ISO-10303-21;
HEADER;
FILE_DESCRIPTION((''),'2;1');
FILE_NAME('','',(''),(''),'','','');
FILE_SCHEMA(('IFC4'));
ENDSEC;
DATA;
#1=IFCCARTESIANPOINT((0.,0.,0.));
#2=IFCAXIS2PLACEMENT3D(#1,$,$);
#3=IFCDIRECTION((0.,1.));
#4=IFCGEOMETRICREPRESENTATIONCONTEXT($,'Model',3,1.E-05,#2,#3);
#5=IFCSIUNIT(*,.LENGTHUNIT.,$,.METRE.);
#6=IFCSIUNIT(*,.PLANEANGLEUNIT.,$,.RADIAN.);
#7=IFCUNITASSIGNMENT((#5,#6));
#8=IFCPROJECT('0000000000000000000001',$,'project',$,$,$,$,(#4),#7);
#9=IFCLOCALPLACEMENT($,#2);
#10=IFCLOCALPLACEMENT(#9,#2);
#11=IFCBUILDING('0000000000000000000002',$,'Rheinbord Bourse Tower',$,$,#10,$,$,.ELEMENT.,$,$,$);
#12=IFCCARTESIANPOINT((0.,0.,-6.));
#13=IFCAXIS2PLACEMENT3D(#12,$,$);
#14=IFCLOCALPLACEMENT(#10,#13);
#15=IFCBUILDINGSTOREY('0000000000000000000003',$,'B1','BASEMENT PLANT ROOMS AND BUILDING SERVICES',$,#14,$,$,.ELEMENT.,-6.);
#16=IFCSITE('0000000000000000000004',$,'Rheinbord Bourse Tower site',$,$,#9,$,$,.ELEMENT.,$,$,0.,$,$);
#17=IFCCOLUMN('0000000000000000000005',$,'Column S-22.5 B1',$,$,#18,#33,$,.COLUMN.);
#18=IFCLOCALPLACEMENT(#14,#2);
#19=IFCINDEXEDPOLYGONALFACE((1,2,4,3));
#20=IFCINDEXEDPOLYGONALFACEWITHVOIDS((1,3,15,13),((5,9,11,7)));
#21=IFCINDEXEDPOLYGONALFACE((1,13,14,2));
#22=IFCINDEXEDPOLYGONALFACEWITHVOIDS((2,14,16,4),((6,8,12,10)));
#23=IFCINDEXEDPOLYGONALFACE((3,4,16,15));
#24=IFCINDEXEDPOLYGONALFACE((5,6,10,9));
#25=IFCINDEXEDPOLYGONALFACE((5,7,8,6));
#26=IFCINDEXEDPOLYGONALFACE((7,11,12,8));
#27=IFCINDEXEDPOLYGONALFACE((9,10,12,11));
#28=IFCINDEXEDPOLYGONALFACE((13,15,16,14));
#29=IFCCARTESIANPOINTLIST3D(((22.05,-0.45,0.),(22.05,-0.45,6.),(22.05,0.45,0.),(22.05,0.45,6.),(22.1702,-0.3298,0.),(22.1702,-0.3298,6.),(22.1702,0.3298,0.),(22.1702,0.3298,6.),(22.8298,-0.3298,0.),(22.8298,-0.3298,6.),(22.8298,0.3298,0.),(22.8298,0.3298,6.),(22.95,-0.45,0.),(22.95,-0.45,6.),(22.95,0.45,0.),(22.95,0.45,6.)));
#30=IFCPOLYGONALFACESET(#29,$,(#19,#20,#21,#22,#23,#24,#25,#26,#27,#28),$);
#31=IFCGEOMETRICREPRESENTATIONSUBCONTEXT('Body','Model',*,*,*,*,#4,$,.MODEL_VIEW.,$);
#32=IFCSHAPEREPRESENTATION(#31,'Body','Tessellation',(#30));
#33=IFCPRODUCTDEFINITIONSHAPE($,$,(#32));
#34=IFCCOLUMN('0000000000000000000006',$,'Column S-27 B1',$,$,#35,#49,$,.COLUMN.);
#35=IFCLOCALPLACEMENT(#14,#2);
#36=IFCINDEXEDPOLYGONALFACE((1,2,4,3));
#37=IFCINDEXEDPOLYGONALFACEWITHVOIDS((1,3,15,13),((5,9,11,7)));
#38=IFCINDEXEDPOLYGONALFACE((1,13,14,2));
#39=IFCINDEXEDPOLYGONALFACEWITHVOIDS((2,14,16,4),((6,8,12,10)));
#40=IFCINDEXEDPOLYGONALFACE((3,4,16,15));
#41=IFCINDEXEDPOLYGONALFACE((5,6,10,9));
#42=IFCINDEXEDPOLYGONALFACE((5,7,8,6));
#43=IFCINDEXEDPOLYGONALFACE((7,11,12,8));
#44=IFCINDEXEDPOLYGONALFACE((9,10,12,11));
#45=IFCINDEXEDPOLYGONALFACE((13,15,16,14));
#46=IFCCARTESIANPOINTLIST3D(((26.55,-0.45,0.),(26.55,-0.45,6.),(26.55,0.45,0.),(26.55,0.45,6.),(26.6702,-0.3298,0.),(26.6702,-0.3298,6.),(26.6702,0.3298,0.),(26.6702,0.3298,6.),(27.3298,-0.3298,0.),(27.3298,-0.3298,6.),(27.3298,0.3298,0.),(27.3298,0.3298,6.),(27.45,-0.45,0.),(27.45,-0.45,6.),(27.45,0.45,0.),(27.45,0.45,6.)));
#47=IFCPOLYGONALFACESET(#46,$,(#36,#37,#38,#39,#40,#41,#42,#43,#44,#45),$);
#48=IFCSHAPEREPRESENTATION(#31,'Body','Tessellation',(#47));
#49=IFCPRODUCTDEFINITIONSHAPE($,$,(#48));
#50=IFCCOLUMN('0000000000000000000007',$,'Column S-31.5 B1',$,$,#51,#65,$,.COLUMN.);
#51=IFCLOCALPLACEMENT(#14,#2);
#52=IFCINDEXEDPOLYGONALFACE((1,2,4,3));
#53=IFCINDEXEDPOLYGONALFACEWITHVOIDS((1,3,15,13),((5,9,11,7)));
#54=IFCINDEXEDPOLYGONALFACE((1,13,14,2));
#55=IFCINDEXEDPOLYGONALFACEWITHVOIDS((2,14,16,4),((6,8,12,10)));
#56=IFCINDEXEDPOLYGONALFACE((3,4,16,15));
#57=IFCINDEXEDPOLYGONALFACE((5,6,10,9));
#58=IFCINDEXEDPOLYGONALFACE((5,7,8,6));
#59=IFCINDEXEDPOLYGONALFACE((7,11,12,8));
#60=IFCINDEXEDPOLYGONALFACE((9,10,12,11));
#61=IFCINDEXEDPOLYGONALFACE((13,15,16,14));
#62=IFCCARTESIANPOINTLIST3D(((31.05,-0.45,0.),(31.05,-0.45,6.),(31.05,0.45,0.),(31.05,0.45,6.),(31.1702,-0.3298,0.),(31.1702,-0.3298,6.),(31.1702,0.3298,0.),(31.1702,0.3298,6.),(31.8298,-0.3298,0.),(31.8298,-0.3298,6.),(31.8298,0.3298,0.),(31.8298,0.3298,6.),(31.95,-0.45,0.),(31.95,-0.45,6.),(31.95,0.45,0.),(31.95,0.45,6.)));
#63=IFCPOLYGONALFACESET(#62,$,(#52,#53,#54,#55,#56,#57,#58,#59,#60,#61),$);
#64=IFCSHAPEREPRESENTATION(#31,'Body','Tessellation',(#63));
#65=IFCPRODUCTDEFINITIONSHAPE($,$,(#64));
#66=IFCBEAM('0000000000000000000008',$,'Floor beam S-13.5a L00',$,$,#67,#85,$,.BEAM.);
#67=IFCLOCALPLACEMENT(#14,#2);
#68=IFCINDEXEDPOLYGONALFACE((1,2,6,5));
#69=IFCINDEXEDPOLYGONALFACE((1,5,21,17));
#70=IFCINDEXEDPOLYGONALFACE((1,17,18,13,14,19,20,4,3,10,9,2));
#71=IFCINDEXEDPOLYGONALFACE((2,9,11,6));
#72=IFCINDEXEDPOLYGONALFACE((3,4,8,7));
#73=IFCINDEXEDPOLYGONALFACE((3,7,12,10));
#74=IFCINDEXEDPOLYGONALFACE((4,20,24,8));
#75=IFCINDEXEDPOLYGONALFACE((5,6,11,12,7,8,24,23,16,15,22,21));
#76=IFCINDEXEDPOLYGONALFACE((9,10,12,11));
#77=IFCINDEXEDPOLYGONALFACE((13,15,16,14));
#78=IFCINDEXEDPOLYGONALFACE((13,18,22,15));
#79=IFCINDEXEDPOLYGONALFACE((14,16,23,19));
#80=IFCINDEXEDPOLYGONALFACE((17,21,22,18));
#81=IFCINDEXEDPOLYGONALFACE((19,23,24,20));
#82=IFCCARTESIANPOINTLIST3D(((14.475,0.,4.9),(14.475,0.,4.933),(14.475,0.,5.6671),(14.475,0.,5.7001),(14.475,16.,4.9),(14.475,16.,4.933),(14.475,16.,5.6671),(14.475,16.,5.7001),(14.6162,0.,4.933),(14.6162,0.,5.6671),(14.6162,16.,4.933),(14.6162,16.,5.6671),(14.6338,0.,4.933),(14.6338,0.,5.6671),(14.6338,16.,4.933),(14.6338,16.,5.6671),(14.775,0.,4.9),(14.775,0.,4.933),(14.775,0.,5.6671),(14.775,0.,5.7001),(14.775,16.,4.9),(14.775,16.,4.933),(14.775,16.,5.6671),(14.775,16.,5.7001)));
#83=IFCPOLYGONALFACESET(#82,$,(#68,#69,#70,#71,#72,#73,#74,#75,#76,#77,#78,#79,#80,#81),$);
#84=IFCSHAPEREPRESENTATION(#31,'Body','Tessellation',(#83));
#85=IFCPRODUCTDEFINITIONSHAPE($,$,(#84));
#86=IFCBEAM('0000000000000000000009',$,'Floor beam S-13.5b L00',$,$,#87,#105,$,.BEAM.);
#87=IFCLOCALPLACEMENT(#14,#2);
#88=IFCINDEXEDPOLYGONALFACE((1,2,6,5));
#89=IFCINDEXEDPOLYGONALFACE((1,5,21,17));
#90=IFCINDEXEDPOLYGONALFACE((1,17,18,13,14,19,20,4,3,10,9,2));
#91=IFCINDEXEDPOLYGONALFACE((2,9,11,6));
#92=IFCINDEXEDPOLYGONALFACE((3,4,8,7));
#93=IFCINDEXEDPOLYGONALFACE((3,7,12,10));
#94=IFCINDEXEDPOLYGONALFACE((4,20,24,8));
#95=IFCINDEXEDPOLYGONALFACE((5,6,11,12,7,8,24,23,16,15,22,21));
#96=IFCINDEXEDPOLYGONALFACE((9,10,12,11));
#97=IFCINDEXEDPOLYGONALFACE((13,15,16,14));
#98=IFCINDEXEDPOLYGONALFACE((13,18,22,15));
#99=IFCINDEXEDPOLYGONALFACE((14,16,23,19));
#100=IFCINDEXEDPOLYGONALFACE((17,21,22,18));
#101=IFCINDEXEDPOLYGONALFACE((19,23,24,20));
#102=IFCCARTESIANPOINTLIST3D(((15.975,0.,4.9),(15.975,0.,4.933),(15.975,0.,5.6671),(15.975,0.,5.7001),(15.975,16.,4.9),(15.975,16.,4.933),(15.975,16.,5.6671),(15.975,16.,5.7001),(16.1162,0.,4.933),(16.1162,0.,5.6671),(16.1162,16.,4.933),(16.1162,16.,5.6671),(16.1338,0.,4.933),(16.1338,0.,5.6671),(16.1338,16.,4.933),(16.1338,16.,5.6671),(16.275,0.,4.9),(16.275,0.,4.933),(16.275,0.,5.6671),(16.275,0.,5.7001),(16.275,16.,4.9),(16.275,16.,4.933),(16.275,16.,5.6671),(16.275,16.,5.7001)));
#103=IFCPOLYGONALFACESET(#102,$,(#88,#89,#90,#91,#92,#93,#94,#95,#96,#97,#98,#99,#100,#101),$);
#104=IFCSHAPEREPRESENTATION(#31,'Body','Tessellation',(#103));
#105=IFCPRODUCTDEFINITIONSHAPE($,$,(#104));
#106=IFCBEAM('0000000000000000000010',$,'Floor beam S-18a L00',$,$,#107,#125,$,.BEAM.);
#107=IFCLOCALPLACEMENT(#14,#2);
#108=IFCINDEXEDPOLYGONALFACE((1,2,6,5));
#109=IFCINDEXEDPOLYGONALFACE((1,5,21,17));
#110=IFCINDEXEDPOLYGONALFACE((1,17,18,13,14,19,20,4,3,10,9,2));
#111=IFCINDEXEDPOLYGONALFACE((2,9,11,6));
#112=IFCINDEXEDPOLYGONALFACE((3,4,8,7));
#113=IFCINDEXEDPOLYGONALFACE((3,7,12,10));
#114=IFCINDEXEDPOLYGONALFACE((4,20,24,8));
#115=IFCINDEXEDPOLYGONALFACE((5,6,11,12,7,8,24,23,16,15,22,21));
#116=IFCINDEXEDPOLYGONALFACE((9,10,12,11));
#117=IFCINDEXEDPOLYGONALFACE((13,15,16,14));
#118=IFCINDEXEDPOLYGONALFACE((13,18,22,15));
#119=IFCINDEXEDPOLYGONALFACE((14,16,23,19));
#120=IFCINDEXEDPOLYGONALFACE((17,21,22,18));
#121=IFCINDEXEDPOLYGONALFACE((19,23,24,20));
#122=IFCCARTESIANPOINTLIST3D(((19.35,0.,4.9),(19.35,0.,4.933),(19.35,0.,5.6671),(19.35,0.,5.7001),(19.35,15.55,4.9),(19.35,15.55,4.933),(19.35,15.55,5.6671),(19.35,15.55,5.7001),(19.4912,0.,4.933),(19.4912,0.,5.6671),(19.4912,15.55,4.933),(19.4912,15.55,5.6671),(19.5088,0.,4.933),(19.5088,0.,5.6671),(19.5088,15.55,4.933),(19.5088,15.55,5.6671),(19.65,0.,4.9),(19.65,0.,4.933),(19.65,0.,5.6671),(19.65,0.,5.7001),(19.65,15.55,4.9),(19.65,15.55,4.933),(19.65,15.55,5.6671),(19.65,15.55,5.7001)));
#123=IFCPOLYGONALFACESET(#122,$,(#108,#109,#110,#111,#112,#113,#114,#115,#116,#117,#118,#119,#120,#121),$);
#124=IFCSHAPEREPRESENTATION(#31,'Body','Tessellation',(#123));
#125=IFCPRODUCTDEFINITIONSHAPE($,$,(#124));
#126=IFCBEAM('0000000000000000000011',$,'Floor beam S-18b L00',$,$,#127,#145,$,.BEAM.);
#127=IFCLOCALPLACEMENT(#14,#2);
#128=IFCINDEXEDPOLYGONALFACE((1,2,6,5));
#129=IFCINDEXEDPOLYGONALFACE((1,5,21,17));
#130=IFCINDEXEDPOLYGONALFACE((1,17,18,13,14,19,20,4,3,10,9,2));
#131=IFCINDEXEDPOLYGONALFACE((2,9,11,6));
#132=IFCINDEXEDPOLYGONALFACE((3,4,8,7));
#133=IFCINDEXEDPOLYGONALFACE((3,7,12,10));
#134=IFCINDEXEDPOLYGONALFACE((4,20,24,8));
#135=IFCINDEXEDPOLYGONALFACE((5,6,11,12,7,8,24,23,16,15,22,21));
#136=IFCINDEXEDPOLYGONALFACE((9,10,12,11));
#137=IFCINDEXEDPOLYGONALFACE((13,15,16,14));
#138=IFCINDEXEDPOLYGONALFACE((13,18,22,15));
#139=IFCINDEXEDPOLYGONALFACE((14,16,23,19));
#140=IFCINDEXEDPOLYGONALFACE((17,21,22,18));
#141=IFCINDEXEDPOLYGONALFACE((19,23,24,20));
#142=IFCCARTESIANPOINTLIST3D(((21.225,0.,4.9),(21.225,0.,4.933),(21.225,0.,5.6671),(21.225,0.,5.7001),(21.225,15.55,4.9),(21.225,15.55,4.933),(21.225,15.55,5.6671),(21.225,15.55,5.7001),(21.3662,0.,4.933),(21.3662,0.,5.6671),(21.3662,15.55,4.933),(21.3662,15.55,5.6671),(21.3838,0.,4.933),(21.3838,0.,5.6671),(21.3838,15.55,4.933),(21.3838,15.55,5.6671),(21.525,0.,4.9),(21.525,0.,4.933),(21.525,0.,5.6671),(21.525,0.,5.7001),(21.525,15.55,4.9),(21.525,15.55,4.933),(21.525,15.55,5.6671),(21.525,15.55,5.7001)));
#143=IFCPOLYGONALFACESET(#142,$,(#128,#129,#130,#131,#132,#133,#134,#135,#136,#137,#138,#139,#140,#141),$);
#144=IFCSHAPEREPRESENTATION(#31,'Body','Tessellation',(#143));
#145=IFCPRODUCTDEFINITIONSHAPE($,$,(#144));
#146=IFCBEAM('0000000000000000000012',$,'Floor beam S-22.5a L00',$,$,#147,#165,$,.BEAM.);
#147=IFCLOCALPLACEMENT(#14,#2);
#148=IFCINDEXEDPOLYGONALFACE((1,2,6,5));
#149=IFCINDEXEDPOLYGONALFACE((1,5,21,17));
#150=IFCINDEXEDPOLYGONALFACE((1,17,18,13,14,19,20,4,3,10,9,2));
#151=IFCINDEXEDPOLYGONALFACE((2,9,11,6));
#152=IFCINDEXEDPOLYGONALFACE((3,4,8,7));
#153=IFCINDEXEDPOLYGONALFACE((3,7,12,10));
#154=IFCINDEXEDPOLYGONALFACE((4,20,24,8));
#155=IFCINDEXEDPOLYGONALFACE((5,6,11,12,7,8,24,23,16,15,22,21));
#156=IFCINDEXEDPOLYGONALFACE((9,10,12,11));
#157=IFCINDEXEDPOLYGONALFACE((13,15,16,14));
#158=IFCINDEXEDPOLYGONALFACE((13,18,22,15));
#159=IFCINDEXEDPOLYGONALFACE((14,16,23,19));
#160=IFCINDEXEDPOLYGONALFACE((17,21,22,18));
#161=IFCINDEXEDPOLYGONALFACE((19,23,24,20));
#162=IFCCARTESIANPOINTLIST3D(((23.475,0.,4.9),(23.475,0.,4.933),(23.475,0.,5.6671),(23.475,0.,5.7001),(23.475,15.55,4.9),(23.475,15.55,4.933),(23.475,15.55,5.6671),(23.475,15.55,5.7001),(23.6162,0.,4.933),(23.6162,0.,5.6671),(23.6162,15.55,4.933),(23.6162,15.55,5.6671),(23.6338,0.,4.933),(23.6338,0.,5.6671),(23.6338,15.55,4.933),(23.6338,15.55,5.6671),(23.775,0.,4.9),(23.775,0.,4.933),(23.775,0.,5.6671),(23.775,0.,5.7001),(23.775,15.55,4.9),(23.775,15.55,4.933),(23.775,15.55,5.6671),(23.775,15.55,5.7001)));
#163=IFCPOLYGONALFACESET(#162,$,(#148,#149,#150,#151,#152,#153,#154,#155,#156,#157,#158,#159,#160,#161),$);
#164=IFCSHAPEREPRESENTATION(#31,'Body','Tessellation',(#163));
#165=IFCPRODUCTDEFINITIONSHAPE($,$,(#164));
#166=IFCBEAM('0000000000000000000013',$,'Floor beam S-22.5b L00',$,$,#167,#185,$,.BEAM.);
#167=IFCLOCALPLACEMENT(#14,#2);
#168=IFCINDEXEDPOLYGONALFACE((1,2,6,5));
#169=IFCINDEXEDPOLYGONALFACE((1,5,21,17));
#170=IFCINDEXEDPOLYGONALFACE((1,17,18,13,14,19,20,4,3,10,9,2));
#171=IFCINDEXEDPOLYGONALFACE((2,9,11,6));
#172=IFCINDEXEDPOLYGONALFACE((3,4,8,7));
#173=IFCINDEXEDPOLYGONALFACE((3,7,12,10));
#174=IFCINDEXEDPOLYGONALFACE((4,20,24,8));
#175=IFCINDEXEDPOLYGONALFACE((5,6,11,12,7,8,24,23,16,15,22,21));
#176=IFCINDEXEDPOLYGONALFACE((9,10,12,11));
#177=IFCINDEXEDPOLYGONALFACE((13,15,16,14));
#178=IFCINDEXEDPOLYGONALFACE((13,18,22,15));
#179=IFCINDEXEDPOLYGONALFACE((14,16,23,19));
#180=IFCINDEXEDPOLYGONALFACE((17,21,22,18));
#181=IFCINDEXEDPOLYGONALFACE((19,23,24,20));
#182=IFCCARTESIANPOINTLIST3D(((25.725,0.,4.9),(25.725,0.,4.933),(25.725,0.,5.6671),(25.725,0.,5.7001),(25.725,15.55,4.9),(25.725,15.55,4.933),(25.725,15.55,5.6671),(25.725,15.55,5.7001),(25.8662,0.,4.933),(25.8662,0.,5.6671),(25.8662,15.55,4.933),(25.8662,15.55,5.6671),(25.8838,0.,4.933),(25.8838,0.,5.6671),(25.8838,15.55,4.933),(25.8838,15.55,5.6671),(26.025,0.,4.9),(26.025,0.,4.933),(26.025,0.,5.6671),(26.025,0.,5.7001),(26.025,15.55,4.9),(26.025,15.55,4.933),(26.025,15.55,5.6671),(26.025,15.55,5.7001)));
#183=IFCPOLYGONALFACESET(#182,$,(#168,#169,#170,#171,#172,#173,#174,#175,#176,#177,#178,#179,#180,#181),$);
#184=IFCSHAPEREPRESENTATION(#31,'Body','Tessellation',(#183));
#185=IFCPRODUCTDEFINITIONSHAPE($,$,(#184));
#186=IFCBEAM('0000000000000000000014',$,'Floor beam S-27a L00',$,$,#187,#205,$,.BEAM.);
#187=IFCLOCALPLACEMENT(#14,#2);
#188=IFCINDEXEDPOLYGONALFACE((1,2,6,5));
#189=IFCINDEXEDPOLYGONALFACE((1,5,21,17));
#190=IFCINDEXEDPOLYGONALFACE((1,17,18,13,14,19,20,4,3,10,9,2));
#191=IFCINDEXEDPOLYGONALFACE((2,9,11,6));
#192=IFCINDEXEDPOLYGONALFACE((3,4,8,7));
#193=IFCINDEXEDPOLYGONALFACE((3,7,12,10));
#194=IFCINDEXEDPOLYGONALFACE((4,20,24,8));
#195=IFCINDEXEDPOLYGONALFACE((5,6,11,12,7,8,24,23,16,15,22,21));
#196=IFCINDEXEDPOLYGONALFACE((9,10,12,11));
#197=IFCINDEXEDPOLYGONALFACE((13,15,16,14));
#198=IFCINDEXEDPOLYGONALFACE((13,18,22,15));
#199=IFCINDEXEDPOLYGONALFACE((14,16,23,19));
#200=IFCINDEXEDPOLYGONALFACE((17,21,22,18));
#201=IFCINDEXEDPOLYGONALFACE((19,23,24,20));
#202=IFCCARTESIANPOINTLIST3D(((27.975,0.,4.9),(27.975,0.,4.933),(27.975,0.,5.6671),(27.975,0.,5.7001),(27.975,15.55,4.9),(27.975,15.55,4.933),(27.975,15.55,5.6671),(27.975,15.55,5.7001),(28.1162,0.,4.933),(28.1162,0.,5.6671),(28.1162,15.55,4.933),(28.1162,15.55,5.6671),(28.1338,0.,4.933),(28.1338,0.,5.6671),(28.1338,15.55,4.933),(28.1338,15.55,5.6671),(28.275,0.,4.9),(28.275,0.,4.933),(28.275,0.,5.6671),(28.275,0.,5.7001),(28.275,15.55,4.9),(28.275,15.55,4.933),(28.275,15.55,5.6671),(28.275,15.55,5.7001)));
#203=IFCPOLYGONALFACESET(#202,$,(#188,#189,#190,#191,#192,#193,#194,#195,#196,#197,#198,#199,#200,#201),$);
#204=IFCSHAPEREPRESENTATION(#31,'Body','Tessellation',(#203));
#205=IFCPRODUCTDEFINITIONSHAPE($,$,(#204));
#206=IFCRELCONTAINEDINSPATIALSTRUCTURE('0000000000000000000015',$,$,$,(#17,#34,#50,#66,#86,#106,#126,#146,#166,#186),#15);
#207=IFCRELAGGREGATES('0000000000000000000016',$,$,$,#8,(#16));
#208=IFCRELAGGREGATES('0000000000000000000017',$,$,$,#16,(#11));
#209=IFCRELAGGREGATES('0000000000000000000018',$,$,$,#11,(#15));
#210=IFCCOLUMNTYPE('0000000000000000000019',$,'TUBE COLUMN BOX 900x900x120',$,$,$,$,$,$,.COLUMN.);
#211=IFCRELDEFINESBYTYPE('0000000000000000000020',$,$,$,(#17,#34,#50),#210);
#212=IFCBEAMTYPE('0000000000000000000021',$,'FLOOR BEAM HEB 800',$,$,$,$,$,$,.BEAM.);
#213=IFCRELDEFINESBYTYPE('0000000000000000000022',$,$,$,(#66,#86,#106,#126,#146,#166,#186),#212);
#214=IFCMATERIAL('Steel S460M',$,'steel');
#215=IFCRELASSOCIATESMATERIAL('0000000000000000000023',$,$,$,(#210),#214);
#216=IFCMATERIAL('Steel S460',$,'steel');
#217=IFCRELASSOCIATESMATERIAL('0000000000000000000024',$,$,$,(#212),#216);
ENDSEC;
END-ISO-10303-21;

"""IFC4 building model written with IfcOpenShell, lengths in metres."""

from ifc_helpers import new_model, si_unit, direction, frame, origin, origin_2d, place, context, subcontext, project, spatial, hollow_rectangle, i_section, extrude, material, material_profile, profile_set, type_object, element, save


model = new_model("IFC4")

# Units and contexts
model_context = context("Model", 3, precision=1e-05, world=origin(), true_north=direction((0.0, 1.0)))
body_context = subcontext(model_context, "Body", "Model", "MODEL_VIEW")
ifc_project = project(units=[si_unit("LENGTHUNIT", "METRE"), si_unit("PLANEANGLEUNIT", "RADIAN")], contexts=[model_context])

# Site, building, storey
site_placement = place(None, origin())
site = spatial("IfcSite", under=ifc_project, at=site_placement, Name="Rheinbord Bourse Tower site", CompositionType="ELEMENT", RefElevation=0.0)
building_placement = place(site_placement, origin())
building = spatial("IfcBuilding", under=site, at=building_placement, Name="Rheinbord Bourse Tower", CompositionType="ELEMENT")
storey_placement = place(building_placement, frame((0.0, 0.0, -6.0)))
storey = spatial("IfcBuildingStorey", under=building, at=storey_placement, Name="B1", Description="BASEMENT PLANT ROOMS AND BUILDING SERVICES", CompositionType="ELEMENT", Elevation=-6.0)

# Columns
ifc_material_1 = material(Name="Steel S460M", Category="steel")
ifc_material_profile_1 = material_profile(ifc_material_1, hollow_rectangle(XDim=0.8999, YDim=0.8999, WallThickness=0.1201, at=origin_2d()), Name="BOX 900x900x120")
ifc_profile_set_1 = profile_set([ifc_material_profile_1], Name="Steel S460M")
column_type = type_object("IfcColumnType", Name="TUBE COLUMN BOX 900x900x120", PredefinedType="COLUMN", material=ifc_profile_set_1)
for number, where, z_axis, x_axis, name in (
    (1, (22.5, 0.0, 0.0), (0.0, 0.0, 1.0), (0.0, 1.0, 0.0), "Column S-22.5 B1"),
    (2, (27.0, 0.0, 0.0), (0.0, 0.0, 1.0), (0.0, 1.0, 0.0), "Column S-27 B1"),
    (3, (31.5, 0.0, 0.0), (0.0, 0.0, 1.0), (0.0, 1.0, 0.0), "Column S-31.5 B1"),
):
    element("IfcColumn", number, at=place(storey_placement, frame(where, z_axis=z_axis, x_axis=x_axis)), inside=storey, type_object=column_type, Name=name, PredefinedType="COLUMN", context=body_context, shape_type="SweptSolid", body=[
        extrude(hollow_rectangle(XDim=0.8999, YDim=0.8999, WallThickness=0.1201, at=origin_2d()), origin(), (0.0, 0.0, 1.0), 6.0),
    ])

# Beams
ifc_material_2 = material(Name="Steel S460", Category="steel")
ifc_material_profile_2 = material_profile(ifc_material_2, i_section(OverallWidth=0.3, OverallDepth=0.8, WebThickness=0.0176, FlangeThickness=0.033, at=origin_2d()), Name="HEB 800")
ifc_profile_set_2 = profile_set([ifc_material_profile_2], Name="Steel S460")
beam_type_1 = type_object("IfcBeamType", Name="FLOOR BEAM HEB 800", PredefinedType="BEAM", material=ifc_profile_set_2)
for number, where, z_axis, x_axis, name in (
    (4, (14.625, 0.0, 5.3), (0.0, 1.0, 0.0), (-1.0, 0.0, 0.0), "Floor beam S-13.5a L00"),
    (5, (16.125, 0.0, 5.3), (0.0, 1.0, 0.0), (-1.0, 0.0, 0.0), "Floor beam S-13.5b L00"),
):
    element("IfcBeam", number, at=place(storey_placement, frame(where, z_axis=z_axis, x_axis=x_axis)), inside=storey, type_object=beam_type_1, Name=name, PredefinedType="BEAM", context=body_context, shape_type="SweptSolid", body=[
        extrude(i_section(OverallWidth=0.3, OverallDepth=0.8, WebThickness=0.0176, FlangeThickness=0.033, at=origin_2d()), origin(), (0.0, 0.0, 1.0), 16.0),
    ])
for number, where, z_axis, x_axis, name in (
    (6, (19.5, 0.0, 5.3), (0.0, 1.0, 0.0), (-1.0, 0.0, 0.0), "Floor beam S-18a L00"),
    (7, (21.375, 0.0, 5.3), (0.0, 1.0, 0.0), (-1.0, 0.0, 0.0), "Floor beam S-18b L00"),
    (8, (23.625, 0.0, 5.3), (0.0, 1.0, 0.0), (-1.0, 0.0, 0.0), "Floor beam S-22.5a L00"),
    (9, (25.875, 0.0, 5.3), (0.0, 1.0, 0.0), (-1.0, 0.0, 0.0), "Floor beam S-22.5b L00"),
    (10, (28.125, 0.0, 5.3), (0.0, 1.0, 0.0), (-1.0, 0.0, 0.0), "Floor beam S-27a L00"),
):
    element("IfcBeam", number, at=place(storey_placement, frame(where, z_axis=z_axis, x_axis=x_axis)), inside=storey, type_object=beam_type_1, Name=name, PredefinedType="BEAM", context=body_context, shape_type="SweptSolid", body=[
        extrude(i_section(OverallWidth=0.3, OverallDepth=0.8, WebThickness=0.0176, FlangeThickness=0.033, at=origin_2d()), origin(), (0.0, 0.0, 1.0), 15.55),
    ])

save(model, "model.ifc")
